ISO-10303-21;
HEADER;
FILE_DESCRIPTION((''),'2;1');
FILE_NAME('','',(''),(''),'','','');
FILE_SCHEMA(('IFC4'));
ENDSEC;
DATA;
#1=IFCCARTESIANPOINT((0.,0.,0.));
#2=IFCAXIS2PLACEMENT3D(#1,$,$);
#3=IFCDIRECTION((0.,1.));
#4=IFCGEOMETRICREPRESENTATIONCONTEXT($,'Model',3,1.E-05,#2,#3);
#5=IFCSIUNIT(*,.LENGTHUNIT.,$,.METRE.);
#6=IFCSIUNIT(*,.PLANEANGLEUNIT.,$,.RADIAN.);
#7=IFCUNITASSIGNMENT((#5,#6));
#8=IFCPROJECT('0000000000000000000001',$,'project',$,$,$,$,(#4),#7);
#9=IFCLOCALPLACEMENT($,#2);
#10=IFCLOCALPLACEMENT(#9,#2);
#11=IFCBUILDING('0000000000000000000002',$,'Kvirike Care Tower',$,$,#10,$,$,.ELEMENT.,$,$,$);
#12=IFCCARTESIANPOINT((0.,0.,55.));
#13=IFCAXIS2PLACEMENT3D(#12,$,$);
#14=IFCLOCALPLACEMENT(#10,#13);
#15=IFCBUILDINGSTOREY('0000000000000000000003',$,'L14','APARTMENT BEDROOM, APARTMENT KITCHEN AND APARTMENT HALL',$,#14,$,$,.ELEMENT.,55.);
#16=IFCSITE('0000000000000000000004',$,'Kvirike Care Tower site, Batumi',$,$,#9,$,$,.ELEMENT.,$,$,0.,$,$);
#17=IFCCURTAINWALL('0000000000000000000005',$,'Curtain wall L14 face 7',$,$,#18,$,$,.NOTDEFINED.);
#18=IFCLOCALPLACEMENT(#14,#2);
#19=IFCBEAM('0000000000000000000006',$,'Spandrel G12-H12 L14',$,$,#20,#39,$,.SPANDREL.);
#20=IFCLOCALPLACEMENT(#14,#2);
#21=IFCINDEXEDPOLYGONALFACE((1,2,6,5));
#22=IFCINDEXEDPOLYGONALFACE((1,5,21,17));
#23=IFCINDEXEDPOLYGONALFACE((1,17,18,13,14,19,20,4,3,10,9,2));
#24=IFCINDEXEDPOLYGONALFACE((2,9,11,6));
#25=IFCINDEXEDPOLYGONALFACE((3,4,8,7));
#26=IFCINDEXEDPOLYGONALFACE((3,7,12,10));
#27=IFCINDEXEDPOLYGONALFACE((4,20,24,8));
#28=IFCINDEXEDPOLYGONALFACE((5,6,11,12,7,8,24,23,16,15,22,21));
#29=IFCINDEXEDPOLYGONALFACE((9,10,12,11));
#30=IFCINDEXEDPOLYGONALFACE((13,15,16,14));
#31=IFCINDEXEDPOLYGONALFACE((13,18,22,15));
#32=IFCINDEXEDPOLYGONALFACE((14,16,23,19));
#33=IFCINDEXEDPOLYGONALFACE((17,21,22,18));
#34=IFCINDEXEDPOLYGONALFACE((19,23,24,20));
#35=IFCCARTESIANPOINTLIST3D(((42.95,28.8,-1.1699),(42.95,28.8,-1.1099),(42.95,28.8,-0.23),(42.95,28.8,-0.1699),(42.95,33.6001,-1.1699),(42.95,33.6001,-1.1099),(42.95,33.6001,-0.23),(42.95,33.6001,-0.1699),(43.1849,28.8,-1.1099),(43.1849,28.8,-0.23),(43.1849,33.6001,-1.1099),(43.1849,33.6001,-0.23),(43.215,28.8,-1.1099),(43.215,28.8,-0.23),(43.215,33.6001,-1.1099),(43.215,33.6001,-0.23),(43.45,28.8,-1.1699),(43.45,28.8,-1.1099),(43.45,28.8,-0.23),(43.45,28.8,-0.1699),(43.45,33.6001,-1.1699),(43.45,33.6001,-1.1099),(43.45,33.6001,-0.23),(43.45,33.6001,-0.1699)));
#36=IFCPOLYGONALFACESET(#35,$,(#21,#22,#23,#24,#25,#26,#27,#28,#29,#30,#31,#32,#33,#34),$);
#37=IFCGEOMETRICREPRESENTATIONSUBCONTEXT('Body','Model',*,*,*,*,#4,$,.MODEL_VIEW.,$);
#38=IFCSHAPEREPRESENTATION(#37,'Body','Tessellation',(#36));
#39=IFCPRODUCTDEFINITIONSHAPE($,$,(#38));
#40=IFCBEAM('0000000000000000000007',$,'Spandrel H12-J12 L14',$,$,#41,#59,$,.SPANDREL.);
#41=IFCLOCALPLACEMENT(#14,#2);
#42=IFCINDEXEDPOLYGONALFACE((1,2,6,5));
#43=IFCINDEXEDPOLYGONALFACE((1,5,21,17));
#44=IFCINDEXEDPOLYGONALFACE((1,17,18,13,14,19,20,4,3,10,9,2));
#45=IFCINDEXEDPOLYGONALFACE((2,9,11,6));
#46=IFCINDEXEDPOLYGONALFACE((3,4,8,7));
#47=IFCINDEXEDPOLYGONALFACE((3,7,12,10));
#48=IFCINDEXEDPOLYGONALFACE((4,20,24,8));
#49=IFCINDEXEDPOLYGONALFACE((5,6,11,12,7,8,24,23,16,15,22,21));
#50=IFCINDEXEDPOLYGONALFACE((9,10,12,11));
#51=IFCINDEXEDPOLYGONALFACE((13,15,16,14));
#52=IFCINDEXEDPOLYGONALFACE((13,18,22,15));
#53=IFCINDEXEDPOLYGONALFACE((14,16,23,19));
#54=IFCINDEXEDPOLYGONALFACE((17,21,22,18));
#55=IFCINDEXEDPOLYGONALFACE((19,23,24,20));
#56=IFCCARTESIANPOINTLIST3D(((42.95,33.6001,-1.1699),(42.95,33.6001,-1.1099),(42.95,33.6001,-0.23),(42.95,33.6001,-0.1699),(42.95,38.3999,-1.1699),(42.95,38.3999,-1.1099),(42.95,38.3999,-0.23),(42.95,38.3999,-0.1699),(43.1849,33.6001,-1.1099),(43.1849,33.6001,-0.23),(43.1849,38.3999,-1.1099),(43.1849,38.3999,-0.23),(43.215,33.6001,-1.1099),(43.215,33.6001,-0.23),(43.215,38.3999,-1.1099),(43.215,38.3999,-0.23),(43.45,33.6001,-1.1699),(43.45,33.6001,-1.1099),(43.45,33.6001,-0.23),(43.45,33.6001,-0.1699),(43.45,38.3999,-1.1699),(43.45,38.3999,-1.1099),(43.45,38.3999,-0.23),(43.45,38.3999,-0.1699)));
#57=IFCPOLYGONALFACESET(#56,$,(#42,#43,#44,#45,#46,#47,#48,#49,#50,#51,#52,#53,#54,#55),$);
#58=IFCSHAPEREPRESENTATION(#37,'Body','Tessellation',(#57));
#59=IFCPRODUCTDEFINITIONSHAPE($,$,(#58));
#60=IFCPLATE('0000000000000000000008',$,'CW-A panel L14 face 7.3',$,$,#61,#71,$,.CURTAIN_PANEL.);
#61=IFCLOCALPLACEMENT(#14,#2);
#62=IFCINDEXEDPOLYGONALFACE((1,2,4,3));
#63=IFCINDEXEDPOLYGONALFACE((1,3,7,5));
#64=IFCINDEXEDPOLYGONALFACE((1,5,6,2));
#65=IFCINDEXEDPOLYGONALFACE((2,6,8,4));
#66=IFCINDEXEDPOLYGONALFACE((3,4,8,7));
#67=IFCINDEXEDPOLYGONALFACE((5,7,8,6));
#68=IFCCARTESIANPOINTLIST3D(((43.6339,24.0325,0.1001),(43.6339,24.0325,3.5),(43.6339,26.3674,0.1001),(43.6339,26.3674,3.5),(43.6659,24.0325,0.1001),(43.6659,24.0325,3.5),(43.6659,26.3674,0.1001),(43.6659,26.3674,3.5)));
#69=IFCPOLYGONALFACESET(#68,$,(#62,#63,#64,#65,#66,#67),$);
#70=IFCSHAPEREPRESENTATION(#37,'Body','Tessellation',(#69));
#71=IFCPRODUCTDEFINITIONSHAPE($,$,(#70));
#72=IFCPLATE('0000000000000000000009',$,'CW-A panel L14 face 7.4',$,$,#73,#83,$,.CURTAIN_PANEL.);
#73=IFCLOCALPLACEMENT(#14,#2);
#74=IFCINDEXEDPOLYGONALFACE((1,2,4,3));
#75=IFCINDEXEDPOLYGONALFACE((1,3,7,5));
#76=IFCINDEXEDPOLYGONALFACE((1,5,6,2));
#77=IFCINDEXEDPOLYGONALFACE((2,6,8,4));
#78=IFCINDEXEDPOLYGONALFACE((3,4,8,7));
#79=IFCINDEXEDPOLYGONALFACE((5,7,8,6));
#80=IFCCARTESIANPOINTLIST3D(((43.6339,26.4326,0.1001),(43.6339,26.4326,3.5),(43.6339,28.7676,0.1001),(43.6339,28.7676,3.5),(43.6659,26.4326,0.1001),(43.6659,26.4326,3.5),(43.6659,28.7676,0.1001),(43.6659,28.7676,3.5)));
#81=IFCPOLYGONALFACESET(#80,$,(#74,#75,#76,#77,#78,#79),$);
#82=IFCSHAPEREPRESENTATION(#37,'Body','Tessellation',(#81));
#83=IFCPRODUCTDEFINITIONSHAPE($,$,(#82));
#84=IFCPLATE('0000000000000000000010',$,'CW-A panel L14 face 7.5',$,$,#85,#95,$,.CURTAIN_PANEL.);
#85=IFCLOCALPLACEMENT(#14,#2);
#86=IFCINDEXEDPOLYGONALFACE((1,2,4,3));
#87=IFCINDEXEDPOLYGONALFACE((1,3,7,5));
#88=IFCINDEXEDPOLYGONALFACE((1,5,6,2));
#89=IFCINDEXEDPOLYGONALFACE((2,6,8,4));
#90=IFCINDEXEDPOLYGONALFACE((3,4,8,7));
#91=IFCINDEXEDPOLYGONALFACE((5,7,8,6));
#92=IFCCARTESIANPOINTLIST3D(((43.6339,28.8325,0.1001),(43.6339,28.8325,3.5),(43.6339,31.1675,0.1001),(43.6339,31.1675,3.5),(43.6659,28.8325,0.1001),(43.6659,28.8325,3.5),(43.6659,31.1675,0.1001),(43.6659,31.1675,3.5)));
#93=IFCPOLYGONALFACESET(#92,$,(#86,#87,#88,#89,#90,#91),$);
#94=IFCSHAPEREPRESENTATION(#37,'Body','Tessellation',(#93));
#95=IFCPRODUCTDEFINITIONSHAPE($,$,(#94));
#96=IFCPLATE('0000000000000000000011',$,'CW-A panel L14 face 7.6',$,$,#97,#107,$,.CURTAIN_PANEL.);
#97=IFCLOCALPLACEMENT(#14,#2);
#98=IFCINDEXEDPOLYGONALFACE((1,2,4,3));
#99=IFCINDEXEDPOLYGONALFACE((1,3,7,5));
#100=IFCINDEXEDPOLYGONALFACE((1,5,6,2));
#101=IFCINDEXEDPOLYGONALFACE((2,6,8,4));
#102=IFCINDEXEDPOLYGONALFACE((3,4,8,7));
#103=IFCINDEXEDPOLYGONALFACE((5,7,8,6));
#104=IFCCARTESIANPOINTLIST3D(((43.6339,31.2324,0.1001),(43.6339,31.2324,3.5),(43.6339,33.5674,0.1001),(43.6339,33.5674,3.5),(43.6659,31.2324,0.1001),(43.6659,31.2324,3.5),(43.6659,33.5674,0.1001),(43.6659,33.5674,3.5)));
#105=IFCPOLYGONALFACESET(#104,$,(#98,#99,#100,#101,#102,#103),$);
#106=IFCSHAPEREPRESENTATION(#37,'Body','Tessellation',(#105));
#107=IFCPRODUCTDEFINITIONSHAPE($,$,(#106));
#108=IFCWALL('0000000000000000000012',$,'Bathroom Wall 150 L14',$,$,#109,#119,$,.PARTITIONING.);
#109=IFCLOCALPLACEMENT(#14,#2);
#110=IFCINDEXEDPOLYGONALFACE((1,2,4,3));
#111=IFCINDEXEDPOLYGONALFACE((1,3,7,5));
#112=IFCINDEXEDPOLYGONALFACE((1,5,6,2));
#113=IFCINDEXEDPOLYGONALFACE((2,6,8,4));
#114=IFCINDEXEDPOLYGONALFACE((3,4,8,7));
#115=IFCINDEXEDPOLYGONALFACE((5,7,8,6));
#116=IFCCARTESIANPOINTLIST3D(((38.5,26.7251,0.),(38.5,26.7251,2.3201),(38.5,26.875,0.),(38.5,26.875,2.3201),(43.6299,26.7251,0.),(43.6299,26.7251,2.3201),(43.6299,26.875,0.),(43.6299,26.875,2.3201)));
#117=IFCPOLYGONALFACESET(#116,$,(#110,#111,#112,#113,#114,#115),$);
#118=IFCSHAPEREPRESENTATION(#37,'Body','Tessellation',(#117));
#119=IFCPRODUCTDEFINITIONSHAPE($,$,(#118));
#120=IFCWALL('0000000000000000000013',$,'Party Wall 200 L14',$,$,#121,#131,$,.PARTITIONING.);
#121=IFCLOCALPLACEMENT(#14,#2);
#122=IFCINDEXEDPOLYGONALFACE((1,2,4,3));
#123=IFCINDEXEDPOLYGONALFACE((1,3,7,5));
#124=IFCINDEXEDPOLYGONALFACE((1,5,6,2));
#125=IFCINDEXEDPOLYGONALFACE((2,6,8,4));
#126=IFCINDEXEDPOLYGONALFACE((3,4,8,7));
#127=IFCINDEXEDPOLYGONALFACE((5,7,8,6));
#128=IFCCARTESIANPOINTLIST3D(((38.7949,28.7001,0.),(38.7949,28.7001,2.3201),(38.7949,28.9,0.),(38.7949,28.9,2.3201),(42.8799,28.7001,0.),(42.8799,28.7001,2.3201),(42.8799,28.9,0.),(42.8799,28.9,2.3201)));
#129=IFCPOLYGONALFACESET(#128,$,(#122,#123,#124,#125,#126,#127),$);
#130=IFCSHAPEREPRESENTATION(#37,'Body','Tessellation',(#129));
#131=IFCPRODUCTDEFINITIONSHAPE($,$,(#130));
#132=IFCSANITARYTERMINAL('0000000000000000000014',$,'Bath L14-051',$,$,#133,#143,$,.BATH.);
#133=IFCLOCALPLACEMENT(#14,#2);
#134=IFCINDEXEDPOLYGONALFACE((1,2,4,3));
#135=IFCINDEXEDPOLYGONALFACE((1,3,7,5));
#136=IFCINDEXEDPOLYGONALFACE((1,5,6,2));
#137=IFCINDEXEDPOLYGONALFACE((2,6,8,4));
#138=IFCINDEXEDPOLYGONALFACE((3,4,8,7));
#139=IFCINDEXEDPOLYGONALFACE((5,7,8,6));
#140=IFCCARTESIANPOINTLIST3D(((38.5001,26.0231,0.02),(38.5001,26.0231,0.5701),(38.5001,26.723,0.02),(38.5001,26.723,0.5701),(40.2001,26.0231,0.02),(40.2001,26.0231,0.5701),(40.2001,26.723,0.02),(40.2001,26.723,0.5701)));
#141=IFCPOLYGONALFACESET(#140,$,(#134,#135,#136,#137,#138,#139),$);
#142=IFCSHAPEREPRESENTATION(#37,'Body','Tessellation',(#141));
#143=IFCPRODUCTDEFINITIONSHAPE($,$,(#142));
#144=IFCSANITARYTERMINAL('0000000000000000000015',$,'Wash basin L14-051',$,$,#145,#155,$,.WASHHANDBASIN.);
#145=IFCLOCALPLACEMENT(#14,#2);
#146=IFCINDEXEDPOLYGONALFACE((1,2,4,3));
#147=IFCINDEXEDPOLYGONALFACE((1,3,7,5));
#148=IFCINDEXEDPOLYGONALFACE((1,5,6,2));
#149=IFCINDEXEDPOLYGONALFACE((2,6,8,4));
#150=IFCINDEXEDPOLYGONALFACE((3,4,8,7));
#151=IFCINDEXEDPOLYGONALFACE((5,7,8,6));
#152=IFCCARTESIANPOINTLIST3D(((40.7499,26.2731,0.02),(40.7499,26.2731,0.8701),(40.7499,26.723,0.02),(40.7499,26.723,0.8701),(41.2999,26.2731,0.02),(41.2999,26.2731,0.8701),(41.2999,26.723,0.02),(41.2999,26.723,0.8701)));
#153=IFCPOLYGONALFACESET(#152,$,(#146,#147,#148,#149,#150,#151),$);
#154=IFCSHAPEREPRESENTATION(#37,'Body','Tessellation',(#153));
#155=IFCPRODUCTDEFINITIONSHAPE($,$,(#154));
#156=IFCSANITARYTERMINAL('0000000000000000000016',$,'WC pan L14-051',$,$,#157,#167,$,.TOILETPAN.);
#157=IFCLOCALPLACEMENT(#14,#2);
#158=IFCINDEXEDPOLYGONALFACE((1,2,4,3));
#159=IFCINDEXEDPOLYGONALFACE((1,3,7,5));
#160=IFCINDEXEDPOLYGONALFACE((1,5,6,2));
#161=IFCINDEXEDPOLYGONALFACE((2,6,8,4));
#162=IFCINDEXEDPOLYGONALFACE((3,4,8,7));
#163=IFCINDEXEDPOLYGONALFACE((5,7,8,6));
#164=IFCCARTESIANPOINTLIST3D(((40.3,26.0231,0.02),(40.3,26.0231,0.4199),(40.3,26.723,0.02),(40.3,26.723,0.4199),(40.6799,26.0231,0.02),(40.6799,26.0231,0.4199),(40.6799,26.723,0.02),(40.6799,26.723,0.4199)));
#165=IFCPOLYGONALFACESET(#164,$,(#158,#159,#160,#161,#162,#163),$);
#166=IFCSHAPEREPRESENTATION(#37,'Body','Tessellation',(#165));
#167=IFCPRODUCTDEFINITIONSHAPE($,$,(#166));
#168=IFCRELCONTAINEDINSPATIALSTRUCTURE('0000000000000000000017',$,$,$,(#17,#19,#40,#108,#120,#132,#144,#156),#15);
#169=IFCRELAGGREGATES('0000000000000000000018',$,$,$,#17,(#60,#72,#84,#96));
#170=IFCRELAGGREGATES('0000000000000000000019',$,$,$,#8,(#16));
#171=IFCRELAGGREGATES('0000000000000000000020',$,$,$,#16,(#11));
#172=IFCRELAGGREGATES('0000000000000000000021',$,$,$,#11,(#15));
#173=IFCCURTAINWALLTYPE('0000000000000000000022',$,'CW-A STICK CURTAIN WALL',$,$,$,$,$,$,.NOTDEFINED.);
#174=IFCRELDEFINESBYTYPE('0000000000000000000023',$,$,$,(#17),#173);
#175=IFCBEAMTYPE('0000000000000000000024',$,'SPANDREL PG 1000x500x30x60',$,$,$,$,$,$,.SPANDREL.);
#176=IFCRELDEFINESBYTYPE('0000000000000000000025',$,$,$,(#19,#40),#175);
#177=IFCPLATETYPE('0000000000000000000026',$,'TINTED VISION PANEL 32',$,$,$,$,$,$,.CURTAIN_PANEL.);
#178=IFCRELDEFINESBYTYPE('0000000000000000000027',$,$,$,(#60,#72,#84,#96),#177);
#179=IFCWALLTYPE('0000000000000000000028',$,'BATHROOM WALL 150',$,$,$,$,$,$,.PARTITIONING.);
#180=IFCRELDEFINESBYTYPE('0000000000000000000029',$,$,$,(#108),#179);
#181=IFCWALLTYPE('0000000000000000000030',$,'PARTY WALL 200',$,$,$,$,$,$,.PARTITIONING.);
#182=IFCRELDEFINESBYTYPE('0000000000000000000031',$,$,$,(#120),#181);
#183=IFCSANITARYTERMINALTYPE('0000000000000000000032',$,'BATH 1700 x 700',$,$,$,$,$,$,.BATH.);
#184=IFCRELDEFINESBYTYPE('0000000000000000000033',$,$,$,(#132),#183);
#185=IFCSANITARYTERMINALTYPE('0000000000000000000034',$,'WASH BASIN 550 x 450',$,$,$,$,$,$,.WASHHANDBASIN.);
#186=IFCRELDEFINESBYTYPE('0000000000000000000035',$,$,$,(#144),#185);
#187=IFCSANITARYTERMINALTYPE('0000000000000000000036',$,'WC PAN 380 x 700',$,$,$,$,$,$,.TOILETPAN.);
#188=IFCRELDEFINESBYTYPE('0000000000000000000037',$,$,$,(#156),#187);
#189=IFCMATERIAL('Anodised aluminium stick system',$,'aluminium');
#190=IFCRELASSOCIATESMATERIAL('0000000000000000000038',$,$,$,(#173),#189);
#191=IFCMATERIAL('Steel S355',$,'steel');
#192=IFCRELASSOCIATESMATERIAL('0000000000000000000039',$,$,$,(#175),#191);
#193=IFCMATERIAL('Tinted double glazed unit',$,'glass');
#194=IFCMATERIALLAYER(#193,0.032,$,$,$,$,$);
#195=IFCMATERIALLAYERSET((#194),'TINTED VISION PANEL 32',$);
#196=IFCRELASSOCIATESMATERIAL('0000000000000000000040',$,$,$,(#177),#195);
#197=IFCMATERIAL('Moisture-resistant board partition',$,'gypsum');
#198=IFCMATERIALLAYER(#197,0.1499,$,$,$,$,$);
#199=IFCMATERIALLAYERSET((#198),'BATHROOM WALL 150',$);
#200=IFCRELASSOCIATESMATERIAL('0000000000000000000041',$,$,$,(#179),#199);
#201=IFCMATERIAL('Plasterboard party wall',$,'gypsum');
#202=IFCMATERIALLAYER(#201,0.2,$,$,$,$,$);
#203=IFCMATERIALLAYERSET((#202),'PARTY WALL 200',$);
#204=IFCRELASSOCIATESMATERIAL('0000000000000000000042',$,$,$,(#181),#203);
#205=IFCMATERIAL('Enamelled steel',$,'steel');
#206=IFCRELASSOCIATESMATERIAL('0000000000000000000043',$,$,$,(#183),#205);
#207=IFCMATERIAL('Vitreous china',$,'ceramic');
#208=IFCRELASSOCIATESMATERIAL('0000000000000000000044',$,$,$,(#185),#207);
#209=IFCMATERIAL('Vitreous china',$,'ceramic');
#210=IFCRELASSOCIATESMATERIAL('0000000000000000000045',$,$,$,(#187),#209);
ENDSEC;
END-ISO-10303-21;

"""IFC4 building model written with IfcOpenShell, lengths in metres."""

from ifc_helpers import new_model, si_unit, direction, frame, frame_2d, origin, origin_2d, place, context, subcontext, project, spatial, rectangle, i_section, extrude, material, layer, layer_set, material_profile, profile_set, type_object, element, aggregate, save


model = new_model("IFC4")

# Units and contexts
model_context = context("Model", 3, precision=1e-05, world=origin(), true_north=direction((0.0, 1.0)))
body_context = subcontext(model_context, "Body", "Model", "MODEL_VIEW")
ifc_project = project(units=[si_unit("LENGTHUNIT", "METRE"), si_unit("PLANEANGLEUNIT", "RADIAN")], contexts=[model_context])

# Site, building, storey
site_placement = place(None, origin())
site = spatial("IfcSite", under=ifc_project, at=site_placement, Name="Kvirike Care Tower site, Batumi", CompositionType="ELEMENT", RefElevation=0.0)
building_placement = place(site_placement, origin())
building = spatial("IfcBuilding", under=site, at=building_placement, Name="Kvirike Care Tower", CompositionType="ELEMENT")
storey_placement = place(building_placement, frame((0.0, 0.0, 55.0)))
storey = spatial("IfcBuildingStorey", under=building, at=storey_placement, Name="L14", Description="APARTMENT BEDROOM, APARTMENT KITCHEN AND APARTMENT HALL", CompositionType="ELEMENT", Elevation=55.0)

# Curtain wall
ifc_material_1 = material(Name="Anodised aluminium stick system", Category="aluminium")
curtain_wall_type = type_object("IfcCurtainWallType", Name="CW-A STICK CURTAIN WALL", PredefinedType="NOTDEFINED", material=ifc_material_1)
curtain_wall_placement = place(storey_placement, origin())
curtain_wall = element("IfcCurtainWall", 1, at=curtain_wall_placement, inside=storey, type_object=curtain_wall_type, Name="Curtain wall L14 face 7", PredefinedType="NOTDEFINED")

# Beams
ifc_material_2 = material(Name="Steel S355", Category="steel")
ifc_material_profile_1 = material_profile(ifc_material_2, i_section(OverallWidth=0.5, OverallDepth=1.0, WebThickness=0.03, FlangeThickness=0.0601, at=origin_2d()), Name="PG 1000x500x30x60")
ifc_profile_set_1 = profile_set([ifc_material_profile_1], Name="Steel S355")
beam_type = type_object("IfcBeamType", Name="SPANDREL PG 1000x500x30x60", PredefinedType="SPANDREL", material=ifc_profile_set_1)
beam_1_placement = place(storey_placement, frame((43.2, 28.8, -0.6699), z_axis=(0.0, 1.0, 0.0), x_axis=(-1.0, 0.0, 0.0)))
element("IfcBeam", 2, at=beam_1_placement, inside=storey, type_object=beam_type, Name="Spandrel G12-H12 L14", PredefinedType="SPANDREL", context=body_context, shape_type="SweptSolid", body=[
    extrude(i_section(OverallWidth=0.5, OverallDepth=1.0, WebThickness=0.03, FlangeThickness=0.0601, at=origin_2d()), origin(), (0.0, 0.0, 1.0), 4.8),
])
beam_2_placement = place(storey_placement, frame((43.2, 33.6001, -0.6699), z_axis=(0.0, 1.0, 0.0), x_axis=(-1.0, 0.0, 0.0)))
element("IfcBeam", 3, at=beam_2_placement, inside=storey, type_object=beam_type, Name="Spandrel H12-J12 L14", PredefinedType="SPANDREL", context=body_context, shape_type="SweptSolid", body=[
    extrude(i_section(OverallWidth=0.5, OverallDepth=1.0, WebThickness=0.03, FlangeThickness=0.0601, at=origin_2d()), origin(), (0.0, 0.0, 1.0), 4.7998),
])

# Plates
ifc_material_3 = material(Name="Tinted double glazed unit", Category="glass")
ifc_layer_1 = layer(ifc_material_3, 0.032)
ifc_layer_set_1 = layer_set([ifc_layer_1], Name="TINTED VISION PANEL 32")
plate_type = type_object("IfcPlateType", Name="TINTED VISION PANEL 32", PredefinedType="CURTAIN_PANEL", material=ifc_layer_set_1)
plate_1_placement = place(storey_placement, frame((43.6499, 25.2, 0.1001), z_axis=(0.0, 0.0, 1.0), x_axis=(0.0, 1.0, 0.0)))
plate_1 = element("IfcPlate", 4, at=plate_1_placement, type_object=plate_type, Name="CW-A panel L14 face 7.3", PredefinedType="CURTAIN_PANEL", context=body_context, shape_type="SweptSolid", body=[
    extrude(rectangle(XDim=2.335, YDim=0.032, at=origin_2d()), origin(), (0.0, 0.0, 1.0), 3.3999),
])
plate_2_placement = place(storey_placement, frame((43.6499, 27.6001, 0.1001), z_axis=(0.0, 0.0, 1.0), x_axis=(0.0, 1.0, 0.0)))
plate_2 = element("IfcPlate", 5, at=plate_2_placement, type_object=plate_type, Name="CW-A panel L14 face 7.4", PredefinedType="CURTAIN_PANEL", context=body_context, shape_type="SweptSolid", body=[
    extrude(rectangle(XDim=2.335, YDim=0.032, at=origin_2d()), origin(), (0.0, 0.0, 1.0), 3.3999),
])
plate_3_placement = place(storey_placement, frame((43.6499, 30.0, 0.1001), z_axis=(0.0, 0.0, 1.0), x_axis=(0.0, 1.0, 0.0)))
plate_3 = element("IfcPlate", 6, at=plate_3_placement, type_object=plate_type, Name="CW-A panel L14 face 7.5", PredefinedType="CURTAIN_PANEL", context=body_context, shape_type="SweptSolid", body=[
    extrude(rectangle(XDim=2.335, YDim=0.032, at=origin_2d()), origin(), (0.0, 0.0, 1.0), 3.3999),
])
plate_4_placement = place(storey_placement, frame((43.6499, 32.3999, 0.1001), z_axis=(0.0, 0.0, 1.0), x_axis=(0.0, 1.0, 0.0)))
plate_4 = element("IfcPlate", 7, at=plate_4_placement, type_object=plate_type, Name="CW-A panel L14 face 7.6", PredefinedType="CURTAIN_PANEL", context=body_context, shape_type="SweptSolid", body=[
    extrude(rectangle(XDim=2.335, YDim=0.032, at=origin_2d()), origin(), (0.0, 0.0, 1.0), 3.3999),
])
aggregate(curtain_wall, [plate_1, plate_2, plate_3, plate_4])

# Walls
ifc_material_4 = material(Name="Moisture-resistant board partition", Category="gypsum")
ifc_layer_2 = layer(ifc_material_4, 0.1499)
ifc_layer_set_2 = layer_set([ifc_layer_2], Name="BATHROOM WALL 150")
wall_type_1 = type_object("IfcWallType", Name="BATHROOM WALL 150", PredefinedType="PARTITIONING", material=ifc_layer_set_2)
wall_1_placement = place(storey_placement, frame((38.5, 26.8, 0.0), z_axis=(0.0, 0.0, 1.0), x_axis=(1.0, 0.0, 0.0)))
element("IfcWall", 8, at=wall_1_placement, inside=storey, type_object=wall_type_1, Name="Bathroom Wall 150 L14", PredefinedType="PARTITIONING", context=body_context, shape_type="SweptSolid", body=[
    extrude(rectangle(XDim=5.1299, YDim=0.1499, at=frame_2d((2.5649, 0.0))), origin(), (0.0, 0.0, 1.0), 2.3201),
])
ifc_material_5 = material(Name="Plasterboard party wall", Category="gypsum")
ifc_layer_3 = layer(ifc_material_5, 0.2)
ifc_layer_set_3 = layer_set([ifc_layer_3], Name="PARTY WALL 200")
wall_type_2 = type_object("IfcWallType", Name="PARTY WALL 200", PredefinedType="PARTITIONING", material=ifc_layer_set_3)
wall_2_placement = place(storey_placement, frame((42.8799, 28.8, 0.0), z_axis=(0.0, 0.0, 1.0), x_axis=(-1.0, 0.0, 0.0)))
element("IfcWall", 9, at=wall_2_placement, inside=storey, type_object=wall_type_2, Name="Party Wall 200 L14", PredefinedType="PARTITIONING", context=body_context, shape_type="SweptSolid", body=[
    extrude(rectangle(XDim=4.085, YDim=0.2, at=frame_2d((2.0425, 0.0))), origin(), (0.0, 0.0, 1.0), 2.3201),
])

# Sanitary terminals
ifc_material_6 = material(Name="Enamelled steel", Category="steel")
sanitary_terminal_type_1 = type_object("IfcSanitaryTerminalType", Name="BATH 1700 x 700", PredefinedType="BATH", material=ifc_material_6)
sanitary_terminal_1_placement = place(storey_placement, frame((39.3501, 26.373, 0.02), z_axis=(0.0, 0.0, 1.0), x_axis=(1.0, 0.0, 0.0)))
element("IfcSanitaryTerminal", 10, at=sanitary_terminal_1_placement, inside=storey, type_object=sanitary_terminal_type_1, Name="Bath L14-051", PredefinedType="BATH", context=body_context, shape_type="SweptSolid", body=[
    extrude(rectangle(XDim=1.7, YDim=0.7, at=origin_2d()), origin(), (0.0, 0.0, 1.0), 0.55),
])
ifc_material_7 = material(Name="Vitreous china", Category="ceramic")
sanitary_terminal_type_2 = type_object("IfcSanitaryTerminalType", Name="WASH BASIN 550 x 450", PredefinedType="WASHHANDBASIN", material=ifc_material_7)
sanitary_terminal_2_placement = place(storey_placement, frame((41.0249, 26.498, 0.02), z_axis=(0.0, 0.0, 1.0), x_axis=(1.0, 0.0, 0.0)))
element("IfcSanitaryTerminal", 11, at=sanitary_terminal_2_placement, inside=storey, type_object=sanitary_terminal_type_2, Name="Wash basin L14-051", PredefinedType="WASHHANDBASIN", context=body_context, shape_type="SweptSolid", body=[
    extrude(rectangle(XDim=0.55, YDim=0.45, at=origin_2d()), origin(), (0.0, 0.0, 1.0), 0.8501),
])
ifc_material_8 = material(Name="Vitreous china", Category="ceramic")
sanitary_terminal_type_3 = type_object("IfcSanitaryTerminalType", Name="WC PAN 380 x 700", PredefinedType="TOILETPAN", material=ifc_material_8)
sanitary_terminal_3_placement = place(storey_placement, frame((40.49, 26.373, 0.02), z_axis=(0.0, 0.0, 1.0), x_axis=(1.0, 0.0, 0.0)))
element("IfcSanitaryTerminal", 12, at=sanitary_terminal_3_placement, inside=storey, type_object=sanitary_terminal_type_3, Name="WC pan L14-051", PredefinedType="TOILETPAN", context=body_context, shape_type="SweptSolid", body=[
    extrude(rectangle(XDim=0.3799, YDim=0.7, at=origin_2d()), origin(), (0.0, 0.0, 1.0), 0.3999),
])

save(model, "model.ifc")
